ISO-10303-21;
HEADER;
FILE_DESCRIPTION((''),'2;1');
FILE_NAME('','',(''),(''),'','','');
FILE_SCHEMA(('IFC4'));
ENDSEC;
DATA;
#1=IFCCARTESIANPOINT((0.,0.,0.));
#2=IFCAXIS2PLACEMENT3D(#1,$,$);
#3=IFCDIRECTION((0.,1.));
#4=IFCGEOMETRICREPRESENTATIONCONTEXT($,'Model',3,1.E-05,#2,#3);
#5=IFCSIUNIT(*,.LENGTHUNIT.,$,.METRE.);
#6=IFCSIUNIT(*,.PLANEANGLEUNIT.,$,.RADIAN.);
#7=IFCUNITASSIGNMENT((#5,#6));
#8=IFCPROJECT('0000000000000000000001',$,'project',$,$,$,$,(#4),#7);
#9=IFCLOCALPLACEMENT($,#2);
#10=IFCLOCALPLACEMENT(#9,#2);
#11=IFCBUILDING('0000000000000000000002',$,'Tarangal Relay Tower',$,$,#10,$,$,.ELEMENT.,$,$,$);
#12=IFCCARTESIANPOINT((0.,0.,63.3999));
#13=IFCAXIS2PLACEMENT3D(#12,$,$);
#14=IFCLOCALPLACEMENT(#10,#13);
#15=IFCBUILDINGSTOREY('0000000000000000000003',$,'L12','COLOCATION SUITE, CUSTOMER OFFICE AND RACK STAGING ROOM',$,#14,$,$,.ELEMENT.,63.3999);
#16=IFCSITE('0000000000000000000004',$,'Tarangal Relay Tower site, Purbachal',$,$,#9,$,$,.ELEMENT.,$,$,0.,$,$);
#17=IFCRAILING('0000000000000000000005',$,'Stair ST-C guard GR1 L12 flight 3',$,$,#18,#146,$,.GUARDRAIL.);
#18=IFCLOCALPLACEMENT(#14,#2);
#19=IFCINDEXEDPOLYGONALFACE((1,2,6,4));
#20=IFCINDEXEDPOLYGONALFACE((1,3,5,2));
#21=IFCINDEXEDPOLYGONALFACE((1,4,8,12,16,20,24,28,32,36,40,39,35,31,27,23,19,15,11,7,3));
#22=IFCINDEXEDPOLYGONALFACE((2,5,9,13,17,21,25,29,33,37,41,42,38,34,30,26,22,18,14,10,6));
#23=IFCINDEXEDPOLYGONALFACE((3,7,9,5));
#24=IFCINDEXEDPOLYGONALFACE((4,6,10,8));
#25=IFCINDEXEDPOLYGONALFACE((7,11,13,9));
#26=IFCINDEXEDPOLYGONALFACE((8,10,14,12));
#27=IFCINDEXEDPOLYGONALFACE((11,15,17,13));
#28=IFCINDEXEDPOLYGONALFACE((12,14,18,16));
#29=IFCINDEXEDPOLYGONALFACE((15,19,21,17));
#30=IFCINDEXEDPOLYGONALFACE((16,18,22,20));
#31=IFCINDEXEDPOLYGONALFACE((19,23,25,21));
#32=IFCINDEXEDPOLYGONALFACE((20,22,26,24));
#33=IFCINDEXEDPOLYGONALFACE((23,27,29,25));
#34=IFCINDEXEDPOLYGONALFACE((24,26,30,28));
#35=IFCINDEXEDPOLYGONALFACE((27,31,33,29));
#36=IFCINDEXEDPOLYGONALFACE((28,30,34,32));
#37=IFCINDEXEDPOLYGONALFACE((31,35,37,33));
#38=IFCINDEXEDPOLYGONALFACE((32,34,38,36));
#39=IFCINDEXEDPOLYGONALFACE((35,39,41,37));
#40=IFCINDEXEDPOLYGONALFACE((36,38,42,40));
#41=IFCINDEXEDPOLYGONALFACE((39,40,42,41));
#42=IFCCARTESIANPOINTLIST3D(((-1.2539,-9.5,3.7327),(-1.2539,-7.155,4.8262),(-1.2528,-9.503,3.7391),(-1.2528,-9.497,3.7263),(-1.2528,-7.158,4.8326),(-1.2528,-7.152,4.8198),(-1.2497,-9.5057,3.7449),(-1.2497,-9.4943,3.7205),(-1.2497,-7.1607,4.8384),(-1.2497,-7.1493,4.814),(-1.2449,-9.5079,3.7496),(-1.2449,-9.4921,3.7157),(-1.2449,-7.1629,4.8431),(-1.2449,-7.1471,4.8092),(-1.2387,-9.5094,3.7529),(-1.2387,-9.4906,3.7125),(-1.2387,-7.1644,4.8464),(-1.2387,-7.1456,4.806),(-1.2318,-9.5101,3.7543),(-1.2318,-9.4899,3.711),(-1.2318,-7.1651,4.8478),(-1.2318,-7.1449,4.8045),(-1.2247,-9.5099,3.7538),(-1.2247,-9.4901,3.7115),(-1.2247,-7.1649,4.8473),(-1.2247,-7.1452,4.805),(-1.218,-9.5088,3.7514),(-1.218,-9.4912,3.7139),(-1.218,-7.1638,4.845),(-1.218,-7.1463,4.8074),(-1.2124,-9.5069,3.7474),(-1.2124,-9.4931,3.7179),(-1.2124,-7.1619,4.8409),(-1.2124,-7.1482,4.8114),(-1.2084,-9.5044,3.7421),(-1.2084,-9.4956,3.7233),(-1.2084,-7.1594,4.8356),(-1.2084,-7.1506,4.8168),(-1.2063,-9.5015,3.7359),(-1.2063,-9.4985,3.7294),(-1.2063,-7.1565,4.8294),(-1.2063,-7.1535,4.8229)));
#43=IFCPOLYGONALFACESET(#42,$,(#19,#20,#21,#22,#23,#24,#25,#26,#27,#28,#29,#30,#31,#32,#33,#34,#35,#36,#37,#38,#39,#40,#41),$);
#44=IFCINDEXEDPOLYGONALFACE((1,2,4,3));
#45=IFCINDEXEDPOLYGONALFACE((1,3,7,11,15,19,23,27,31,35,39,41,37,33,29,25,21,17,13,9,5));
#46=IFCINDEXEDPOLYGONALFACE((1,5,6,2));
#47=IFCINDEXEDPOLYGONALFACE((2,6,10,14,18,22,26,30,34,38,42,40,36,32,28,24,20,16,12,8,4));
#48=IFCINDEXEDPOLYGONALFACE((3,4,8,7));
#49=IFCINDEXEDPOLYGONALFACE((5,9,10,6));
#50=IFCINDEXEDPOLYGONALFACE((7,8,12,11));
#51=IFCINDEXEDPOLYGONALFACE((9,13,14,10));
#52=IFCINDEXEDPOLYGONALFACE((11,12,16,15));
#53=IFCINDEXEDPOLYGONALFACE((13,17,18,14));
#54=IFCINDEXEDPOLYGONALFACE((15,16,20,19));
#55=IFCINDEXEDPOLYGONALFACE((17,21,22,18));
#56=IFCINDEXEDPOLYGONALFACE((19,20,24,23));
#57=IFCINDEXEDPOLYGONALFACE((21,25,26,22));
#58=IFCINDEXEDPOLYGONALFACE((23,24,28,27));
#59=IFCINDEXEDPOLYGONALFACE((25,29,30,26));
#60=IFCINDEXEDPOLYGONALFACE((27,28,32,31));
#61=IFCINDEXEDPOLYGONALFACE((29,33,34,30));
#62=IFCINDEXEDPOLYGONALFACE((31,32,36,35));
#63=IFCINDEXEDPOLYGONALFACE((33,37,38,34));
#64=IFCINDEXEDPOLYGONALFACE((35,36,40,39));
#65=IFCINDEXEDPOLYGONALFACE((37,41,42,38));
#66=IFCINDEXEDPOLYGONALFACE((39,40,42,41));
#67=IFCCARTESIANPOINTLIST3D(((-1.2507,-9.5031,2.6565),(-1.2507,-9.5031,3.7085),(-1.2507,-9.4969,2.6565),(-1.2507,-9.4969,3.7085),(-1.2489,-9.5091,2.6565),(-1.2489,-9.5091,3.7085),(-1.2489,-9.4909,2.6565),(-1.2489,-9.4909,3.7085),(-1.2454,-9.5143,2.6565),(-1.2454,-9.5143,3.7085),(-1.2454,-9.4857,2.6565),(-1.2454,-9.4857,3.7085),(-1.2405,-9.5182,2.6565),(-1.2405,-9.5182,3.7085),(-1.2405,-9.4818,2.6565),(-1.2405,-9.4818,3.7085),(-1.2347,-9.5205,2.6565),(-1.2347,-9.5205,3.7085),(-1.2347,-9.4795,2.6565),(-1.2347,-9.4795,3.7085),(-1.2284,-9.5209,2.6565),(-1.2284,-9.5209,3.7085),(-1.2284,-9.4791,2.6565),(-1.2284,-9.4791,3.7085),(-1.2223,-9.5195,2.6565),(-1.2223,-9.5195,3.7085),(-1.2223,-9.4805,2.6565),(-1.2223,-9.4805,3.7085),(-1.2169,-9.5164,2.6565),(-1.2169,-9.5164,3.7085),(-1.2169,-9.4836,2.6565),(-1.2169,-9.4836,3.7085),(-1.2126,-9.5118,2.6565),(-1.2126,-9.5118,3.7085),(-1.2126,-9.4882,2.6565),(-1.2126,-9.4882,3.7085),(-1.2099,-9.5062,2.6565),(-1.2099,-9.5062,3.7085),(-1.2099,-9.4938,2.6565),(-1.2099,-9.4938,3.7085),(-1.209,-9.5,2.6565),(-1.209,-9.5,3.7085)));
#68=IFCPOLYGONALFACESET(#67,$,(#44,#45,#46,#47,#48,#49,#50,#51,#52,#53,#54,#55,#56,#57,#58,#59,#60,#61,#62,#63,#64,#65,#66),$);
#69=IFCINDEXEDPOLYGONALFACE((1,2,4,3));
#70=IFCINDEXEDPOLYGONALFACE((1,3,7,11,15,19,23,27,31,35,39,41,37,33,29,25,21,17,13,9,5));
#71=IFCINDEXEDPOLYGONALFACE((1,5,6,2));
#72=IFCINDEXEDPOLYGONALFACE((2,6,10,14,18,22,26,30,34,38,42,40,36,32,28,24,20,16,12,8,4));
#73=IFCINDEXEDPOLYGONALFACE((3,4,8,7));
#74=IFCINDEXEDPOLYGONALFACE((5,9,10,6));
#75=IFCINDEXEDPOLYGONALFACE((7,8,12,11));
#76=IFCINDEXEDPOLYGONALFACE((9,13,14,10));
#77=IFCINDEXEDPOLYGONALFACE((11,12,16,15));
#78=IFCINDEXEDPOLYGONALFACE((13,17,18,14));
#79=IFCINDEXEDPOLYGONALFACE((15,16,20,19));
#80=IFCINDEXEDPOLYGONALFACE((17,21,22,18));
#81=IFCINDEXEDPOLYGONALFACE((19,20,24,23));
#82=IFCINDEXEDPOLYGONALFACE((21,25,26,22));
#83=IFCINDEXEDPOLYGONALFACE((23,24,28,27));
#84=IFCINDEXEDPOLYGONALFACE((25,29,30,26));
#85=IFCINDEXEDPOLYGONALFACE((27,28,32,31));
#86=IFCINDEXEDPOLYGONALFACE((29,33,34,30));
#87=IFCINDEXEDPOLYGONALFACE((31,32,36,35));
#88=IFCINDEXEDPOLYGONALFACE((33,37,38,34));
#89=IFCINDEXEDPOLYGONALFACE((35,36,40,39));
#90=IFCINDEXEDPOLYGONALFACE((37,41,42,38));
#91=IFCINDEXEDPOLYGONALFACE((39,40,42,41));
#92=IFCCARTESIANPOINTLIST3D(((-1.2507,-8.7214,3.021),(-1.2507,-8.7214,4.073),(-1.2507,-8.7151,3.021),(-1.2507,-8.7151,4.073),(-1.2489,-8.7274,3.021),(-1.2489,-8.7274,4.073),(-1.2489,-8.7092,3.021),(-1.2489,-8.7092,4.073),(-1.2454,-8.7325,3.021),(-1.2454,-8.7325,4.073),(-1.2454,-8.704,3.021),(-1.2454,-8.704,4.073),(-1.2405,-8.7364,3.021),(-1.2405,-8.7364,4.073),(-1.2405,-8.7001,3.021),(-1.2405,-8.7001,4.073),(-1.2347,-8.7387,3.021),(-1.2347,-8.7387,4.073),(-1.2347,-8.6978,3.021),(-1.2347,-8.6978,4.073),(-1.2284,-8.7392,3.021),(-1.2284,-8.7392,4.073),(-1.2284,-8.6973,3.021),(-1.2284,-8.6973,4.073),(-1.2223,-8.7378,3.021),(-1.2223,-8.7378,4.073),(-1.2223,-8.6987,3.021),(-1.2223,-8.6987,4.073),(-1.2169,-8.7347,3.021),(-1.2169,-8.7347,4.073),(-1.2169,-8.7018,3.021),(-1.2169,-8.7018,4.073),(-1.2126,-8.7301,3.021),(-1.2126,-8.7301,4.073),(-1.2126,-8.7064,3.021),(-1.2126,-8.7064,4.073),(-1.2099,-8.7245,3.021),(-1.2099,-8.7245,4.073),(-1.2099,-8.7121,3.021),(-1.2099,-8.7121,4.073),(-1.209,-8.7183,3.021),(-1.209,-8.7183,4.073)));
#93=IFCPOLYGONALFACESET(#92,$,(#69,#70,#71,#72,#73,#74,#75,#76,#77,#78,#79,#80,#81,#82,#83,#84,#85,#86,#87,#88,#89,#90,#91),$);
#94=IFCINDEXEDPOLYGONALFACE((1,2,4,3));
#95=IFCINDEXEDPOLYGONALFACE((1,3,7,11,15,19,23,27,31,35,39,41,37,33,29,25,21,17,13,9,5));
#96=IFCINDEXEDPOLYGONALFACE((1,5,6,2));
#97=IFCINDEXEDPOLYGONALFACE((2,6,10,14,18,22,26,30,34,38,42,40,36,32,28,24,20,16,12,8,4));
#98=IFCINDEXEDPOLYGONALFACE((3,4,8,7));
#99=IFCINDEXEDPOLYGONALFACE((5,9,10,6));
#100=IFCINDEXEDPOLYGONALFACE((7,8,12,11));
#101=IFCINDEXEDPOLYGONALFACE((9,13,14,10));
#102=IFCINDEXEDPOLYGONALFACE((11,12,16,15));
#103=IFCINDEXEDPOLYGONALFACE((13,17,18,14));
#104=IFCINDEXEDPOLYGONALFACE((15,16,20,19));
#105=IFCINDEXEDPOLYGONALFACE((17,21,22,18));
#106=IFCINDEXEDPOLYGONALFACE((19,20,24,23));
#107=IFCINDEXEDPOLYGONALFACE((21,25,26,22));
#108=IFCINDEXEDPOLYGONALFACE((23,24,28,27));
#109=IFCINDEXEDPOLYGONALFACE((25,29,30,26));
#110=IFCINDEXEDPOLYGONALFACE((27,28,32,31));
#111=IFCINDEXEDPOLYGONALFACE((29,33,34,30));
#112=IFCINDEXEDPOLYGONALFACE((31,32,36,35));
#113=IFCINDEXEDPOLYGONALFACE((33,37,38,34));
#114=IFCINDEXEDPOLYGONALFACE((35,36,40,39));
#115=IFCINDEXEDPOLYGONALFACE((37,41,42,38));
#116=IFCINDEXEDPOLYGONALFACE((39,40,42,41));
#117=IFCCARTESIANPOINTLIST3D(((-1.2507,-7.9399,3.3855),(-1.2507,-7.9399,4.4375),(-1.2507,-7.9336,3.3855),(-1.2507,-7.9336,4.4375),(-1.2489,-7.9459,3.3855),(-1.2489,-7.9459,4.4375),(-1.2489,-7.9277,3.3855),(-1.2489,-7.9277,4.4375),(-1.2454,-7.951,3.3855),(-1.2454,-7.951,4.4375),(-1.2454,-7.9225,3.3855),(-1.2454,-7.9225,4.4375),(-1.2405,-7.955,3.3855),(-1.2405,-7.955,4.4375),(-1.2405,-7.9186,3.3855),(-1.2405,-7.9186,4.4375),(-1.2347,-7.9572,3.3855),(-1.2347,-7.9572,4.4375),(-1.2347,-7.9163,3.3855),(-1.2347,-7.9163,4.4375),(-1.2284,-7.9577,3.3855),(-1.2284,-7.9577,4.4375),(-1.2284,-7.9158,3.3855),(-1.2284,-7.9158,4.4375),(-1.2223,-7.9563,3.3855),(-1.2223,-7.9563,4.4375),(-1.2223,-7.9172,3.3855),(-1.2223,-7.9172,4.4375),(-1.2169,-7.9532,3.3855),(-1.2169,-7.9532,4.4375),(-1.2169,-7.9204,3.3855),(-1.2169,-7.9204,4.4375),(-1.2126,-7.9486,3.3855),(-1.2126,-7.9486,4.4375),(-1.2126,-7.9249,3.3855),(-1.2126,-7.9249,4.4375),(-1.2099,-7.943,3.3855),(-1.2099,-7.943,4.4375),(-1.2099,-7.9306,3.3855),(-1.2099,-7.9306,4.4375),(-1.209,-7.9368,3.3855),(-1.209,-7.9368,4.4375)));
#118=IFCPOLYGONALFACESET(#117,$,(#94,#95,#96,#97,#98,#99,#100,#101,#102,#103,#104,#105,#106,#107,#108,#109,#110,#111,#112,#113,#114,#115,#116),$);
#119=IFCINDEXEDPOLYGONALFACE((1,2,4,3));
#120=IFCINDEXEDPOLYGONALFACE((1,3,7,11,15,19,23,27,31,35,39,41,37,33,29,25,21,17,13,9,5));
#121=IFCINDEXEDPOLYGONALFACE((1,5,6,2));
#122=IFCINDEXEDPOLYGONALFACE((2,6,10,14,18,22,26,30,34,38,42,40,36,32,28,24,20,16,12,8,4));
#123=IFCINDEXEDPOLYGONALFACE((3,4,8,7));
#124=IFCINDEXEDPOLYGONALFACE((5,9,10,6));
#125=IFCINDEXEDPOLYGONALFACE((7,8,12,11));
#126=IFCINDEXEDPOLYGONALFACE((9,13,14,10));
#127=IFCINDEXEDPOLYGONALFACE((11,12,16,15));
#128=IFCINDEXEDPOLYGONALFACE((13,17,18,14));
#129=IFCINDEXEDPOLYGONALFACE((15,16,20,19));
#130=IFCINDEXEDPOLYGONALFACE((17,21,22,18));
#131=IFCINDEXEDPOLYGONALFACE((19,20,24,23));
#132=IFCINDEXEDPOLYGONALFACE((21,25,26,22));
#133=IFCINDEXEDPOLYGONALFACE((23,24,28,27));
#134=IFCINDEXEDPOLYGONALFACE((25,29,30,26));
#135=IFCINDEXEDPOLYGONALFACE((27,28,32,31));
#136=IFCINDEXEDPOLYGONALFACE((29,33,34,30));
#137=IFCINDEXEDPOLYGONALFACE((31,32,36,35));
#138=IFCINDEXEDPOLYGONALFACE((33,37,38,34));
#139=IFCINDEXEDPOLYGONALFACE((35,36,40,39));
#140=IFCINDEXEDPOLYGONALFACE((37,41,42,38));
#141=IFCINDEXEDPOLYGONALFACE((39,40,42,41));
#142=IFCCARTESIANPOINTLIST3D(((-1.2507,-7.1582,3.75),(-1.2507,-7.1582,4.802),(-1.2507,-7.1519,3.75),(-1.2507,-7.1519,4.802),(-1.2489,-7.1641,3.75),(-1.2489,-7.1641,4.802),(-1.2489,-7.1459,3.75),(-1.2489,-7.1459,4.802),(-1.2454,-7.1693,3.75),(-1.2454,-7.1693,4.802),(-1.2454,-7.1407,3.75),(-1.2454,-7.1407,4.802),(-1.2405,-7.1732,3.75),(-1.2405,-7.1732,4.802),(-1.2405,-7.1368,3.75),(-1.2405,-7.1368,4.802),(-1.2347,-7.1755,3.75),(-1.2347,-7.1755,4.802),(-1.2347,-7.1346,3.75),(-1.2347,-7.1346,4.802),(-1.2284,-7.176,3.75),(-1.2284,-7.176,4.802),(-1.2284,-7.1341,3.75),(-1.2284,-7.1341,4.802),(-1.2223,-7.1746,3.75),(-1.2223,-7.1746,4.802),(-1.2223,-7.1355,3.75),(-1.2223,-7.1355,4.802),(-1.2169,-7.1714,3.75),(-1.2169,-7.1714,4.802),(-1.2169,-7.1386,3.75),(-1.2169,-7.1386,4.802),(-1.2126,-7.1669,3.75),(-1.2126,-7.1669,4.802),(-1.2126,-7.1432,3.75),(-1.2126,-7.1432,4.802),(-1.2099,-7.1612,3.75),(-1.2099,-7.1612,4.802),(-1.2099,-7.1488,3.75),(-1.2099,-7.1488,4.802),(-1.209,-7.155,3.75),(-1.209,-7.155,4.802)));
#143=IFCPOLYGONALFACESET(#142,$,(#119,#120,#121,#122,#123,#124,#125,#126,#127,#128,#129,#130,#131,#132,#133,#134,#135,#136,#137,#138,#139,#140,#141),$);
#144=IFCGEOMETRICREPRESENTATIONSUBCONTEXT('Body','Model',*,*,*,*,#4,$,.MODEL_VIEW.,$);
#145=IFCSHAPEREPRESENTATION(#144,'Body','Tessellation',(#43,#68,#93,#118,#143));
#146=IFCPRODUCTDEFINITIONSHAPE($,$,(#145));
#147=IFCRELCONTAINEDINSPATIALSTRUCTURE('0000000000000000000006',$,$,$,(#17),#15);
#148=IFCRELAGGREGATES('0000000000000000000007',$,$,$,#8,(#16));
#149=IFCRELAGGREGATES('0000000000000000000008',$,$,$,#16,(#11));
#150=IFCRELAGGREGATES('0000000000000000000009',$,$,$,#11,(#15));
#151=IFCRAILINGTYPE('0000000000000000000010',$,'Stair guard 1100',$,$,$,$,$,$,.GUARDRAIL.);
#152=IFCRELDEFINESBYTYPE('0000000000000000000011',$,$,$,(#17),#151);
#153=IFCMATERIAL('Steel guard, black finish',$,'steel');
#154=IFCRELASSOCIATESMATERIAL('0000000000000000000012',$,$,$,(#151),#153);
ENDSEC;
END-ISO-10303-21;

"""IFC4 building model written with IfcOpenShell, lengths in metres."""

from ifc_helpers import new_model, si_unit, direction, frame, origin, origin_2d, place, context, subcontext, project, spatial, circle, extrude, material, type_object, element, save


model = new_model("IFC4")

# Units and contexts
model_context = context("Model", 3, precision=1e-05, world=origin(), true_north=direction((0.0, 1.0)))
body_context = subcontext(model_context, "Body", "Model", "MODEL_VIEW")
ifc_project = project(units=[si_unit("LENGTHUNIT", "METRE"), si_unit("PLANEANGLEUNIT", "RADIAN")], contexts=[model_context])

# Site, building, storey
site_placement = place(None, origin())
site = spatial("IfcSite", under=ifc_project, at=site_placement, Name="Tarangal Relay Tower site, Purbachal", CompositionType="ELEMENT", RefElevation=0.0)
building_placement = place(site_placement, origin())
building = spatial("IfcBuilding", under=site, at=building_placement, Name="Tarangal Relay Tower", CompositionType="ELEMENT")
storey_placement = place(building_placement, frame((0.0, 0.0, 63.3999)))
storey = spatial("IfcBuildingStorey", under=building, at=storey_placement, Name="L12", Description="COLOCATION SUITE, CUSTOMER OFFICE AND RACK STAGING ROOM", CompositionType="ELEMENT", Elevation=63.3999)

# Railing
ifc_material_1 = material(Name="Steel guard, black finish", Category="steel")
railing_type_1 = type_object("IfcRailingType", Name="Stair guard 1100", PredefinedType="GUARDRAIL", material=ifc_material_1)
railing_1_placement = place(storey_placement, frame((-1.23, -9.5, 2.6565)))
element("IfcRailing", 1, at=railing_1_placement, inside=storey, type_object=railing_type_1, Name="Stair ST-C guard GR1 L12 flight 3", PredefinedType="GUARDRAIL", context=body_context, shape_type="SweptSolid", body=[
    extrude(circle(Radius=0.0239, at=origin_2d()), frame((0.0, 0.0, 1.0762), z_axis=(0.0, 0.906304, 0.422627), x_axis=(-1.0, 0.0, 0.0)), (0.0, 0.0, 1.0), 2.5874),
    extrude(circle(Radius=0.021, at=origin_2d()), origin(), (0.0, 0.0, 1.0), 1.052),
    extrude(circle(Radius=0.021, at=origin_2d()), frame((0.0, 0.7817, 0.3645)), (0.0, 0.0, 1.0), 1.052),
    extrude(circle(Radius=0.021, at=origin_2d()), frame((0.0, 1.5632, 0.729)), (0.0, 0.0, 1.0), 1.052),
    extrude(circle(Radius=0.021, at=origin_2d()), frame((0.0, 2.345, 1.0935)), (0.0, 0.0, 1.0), 1.052),
])

save(model, "model.ifc")
